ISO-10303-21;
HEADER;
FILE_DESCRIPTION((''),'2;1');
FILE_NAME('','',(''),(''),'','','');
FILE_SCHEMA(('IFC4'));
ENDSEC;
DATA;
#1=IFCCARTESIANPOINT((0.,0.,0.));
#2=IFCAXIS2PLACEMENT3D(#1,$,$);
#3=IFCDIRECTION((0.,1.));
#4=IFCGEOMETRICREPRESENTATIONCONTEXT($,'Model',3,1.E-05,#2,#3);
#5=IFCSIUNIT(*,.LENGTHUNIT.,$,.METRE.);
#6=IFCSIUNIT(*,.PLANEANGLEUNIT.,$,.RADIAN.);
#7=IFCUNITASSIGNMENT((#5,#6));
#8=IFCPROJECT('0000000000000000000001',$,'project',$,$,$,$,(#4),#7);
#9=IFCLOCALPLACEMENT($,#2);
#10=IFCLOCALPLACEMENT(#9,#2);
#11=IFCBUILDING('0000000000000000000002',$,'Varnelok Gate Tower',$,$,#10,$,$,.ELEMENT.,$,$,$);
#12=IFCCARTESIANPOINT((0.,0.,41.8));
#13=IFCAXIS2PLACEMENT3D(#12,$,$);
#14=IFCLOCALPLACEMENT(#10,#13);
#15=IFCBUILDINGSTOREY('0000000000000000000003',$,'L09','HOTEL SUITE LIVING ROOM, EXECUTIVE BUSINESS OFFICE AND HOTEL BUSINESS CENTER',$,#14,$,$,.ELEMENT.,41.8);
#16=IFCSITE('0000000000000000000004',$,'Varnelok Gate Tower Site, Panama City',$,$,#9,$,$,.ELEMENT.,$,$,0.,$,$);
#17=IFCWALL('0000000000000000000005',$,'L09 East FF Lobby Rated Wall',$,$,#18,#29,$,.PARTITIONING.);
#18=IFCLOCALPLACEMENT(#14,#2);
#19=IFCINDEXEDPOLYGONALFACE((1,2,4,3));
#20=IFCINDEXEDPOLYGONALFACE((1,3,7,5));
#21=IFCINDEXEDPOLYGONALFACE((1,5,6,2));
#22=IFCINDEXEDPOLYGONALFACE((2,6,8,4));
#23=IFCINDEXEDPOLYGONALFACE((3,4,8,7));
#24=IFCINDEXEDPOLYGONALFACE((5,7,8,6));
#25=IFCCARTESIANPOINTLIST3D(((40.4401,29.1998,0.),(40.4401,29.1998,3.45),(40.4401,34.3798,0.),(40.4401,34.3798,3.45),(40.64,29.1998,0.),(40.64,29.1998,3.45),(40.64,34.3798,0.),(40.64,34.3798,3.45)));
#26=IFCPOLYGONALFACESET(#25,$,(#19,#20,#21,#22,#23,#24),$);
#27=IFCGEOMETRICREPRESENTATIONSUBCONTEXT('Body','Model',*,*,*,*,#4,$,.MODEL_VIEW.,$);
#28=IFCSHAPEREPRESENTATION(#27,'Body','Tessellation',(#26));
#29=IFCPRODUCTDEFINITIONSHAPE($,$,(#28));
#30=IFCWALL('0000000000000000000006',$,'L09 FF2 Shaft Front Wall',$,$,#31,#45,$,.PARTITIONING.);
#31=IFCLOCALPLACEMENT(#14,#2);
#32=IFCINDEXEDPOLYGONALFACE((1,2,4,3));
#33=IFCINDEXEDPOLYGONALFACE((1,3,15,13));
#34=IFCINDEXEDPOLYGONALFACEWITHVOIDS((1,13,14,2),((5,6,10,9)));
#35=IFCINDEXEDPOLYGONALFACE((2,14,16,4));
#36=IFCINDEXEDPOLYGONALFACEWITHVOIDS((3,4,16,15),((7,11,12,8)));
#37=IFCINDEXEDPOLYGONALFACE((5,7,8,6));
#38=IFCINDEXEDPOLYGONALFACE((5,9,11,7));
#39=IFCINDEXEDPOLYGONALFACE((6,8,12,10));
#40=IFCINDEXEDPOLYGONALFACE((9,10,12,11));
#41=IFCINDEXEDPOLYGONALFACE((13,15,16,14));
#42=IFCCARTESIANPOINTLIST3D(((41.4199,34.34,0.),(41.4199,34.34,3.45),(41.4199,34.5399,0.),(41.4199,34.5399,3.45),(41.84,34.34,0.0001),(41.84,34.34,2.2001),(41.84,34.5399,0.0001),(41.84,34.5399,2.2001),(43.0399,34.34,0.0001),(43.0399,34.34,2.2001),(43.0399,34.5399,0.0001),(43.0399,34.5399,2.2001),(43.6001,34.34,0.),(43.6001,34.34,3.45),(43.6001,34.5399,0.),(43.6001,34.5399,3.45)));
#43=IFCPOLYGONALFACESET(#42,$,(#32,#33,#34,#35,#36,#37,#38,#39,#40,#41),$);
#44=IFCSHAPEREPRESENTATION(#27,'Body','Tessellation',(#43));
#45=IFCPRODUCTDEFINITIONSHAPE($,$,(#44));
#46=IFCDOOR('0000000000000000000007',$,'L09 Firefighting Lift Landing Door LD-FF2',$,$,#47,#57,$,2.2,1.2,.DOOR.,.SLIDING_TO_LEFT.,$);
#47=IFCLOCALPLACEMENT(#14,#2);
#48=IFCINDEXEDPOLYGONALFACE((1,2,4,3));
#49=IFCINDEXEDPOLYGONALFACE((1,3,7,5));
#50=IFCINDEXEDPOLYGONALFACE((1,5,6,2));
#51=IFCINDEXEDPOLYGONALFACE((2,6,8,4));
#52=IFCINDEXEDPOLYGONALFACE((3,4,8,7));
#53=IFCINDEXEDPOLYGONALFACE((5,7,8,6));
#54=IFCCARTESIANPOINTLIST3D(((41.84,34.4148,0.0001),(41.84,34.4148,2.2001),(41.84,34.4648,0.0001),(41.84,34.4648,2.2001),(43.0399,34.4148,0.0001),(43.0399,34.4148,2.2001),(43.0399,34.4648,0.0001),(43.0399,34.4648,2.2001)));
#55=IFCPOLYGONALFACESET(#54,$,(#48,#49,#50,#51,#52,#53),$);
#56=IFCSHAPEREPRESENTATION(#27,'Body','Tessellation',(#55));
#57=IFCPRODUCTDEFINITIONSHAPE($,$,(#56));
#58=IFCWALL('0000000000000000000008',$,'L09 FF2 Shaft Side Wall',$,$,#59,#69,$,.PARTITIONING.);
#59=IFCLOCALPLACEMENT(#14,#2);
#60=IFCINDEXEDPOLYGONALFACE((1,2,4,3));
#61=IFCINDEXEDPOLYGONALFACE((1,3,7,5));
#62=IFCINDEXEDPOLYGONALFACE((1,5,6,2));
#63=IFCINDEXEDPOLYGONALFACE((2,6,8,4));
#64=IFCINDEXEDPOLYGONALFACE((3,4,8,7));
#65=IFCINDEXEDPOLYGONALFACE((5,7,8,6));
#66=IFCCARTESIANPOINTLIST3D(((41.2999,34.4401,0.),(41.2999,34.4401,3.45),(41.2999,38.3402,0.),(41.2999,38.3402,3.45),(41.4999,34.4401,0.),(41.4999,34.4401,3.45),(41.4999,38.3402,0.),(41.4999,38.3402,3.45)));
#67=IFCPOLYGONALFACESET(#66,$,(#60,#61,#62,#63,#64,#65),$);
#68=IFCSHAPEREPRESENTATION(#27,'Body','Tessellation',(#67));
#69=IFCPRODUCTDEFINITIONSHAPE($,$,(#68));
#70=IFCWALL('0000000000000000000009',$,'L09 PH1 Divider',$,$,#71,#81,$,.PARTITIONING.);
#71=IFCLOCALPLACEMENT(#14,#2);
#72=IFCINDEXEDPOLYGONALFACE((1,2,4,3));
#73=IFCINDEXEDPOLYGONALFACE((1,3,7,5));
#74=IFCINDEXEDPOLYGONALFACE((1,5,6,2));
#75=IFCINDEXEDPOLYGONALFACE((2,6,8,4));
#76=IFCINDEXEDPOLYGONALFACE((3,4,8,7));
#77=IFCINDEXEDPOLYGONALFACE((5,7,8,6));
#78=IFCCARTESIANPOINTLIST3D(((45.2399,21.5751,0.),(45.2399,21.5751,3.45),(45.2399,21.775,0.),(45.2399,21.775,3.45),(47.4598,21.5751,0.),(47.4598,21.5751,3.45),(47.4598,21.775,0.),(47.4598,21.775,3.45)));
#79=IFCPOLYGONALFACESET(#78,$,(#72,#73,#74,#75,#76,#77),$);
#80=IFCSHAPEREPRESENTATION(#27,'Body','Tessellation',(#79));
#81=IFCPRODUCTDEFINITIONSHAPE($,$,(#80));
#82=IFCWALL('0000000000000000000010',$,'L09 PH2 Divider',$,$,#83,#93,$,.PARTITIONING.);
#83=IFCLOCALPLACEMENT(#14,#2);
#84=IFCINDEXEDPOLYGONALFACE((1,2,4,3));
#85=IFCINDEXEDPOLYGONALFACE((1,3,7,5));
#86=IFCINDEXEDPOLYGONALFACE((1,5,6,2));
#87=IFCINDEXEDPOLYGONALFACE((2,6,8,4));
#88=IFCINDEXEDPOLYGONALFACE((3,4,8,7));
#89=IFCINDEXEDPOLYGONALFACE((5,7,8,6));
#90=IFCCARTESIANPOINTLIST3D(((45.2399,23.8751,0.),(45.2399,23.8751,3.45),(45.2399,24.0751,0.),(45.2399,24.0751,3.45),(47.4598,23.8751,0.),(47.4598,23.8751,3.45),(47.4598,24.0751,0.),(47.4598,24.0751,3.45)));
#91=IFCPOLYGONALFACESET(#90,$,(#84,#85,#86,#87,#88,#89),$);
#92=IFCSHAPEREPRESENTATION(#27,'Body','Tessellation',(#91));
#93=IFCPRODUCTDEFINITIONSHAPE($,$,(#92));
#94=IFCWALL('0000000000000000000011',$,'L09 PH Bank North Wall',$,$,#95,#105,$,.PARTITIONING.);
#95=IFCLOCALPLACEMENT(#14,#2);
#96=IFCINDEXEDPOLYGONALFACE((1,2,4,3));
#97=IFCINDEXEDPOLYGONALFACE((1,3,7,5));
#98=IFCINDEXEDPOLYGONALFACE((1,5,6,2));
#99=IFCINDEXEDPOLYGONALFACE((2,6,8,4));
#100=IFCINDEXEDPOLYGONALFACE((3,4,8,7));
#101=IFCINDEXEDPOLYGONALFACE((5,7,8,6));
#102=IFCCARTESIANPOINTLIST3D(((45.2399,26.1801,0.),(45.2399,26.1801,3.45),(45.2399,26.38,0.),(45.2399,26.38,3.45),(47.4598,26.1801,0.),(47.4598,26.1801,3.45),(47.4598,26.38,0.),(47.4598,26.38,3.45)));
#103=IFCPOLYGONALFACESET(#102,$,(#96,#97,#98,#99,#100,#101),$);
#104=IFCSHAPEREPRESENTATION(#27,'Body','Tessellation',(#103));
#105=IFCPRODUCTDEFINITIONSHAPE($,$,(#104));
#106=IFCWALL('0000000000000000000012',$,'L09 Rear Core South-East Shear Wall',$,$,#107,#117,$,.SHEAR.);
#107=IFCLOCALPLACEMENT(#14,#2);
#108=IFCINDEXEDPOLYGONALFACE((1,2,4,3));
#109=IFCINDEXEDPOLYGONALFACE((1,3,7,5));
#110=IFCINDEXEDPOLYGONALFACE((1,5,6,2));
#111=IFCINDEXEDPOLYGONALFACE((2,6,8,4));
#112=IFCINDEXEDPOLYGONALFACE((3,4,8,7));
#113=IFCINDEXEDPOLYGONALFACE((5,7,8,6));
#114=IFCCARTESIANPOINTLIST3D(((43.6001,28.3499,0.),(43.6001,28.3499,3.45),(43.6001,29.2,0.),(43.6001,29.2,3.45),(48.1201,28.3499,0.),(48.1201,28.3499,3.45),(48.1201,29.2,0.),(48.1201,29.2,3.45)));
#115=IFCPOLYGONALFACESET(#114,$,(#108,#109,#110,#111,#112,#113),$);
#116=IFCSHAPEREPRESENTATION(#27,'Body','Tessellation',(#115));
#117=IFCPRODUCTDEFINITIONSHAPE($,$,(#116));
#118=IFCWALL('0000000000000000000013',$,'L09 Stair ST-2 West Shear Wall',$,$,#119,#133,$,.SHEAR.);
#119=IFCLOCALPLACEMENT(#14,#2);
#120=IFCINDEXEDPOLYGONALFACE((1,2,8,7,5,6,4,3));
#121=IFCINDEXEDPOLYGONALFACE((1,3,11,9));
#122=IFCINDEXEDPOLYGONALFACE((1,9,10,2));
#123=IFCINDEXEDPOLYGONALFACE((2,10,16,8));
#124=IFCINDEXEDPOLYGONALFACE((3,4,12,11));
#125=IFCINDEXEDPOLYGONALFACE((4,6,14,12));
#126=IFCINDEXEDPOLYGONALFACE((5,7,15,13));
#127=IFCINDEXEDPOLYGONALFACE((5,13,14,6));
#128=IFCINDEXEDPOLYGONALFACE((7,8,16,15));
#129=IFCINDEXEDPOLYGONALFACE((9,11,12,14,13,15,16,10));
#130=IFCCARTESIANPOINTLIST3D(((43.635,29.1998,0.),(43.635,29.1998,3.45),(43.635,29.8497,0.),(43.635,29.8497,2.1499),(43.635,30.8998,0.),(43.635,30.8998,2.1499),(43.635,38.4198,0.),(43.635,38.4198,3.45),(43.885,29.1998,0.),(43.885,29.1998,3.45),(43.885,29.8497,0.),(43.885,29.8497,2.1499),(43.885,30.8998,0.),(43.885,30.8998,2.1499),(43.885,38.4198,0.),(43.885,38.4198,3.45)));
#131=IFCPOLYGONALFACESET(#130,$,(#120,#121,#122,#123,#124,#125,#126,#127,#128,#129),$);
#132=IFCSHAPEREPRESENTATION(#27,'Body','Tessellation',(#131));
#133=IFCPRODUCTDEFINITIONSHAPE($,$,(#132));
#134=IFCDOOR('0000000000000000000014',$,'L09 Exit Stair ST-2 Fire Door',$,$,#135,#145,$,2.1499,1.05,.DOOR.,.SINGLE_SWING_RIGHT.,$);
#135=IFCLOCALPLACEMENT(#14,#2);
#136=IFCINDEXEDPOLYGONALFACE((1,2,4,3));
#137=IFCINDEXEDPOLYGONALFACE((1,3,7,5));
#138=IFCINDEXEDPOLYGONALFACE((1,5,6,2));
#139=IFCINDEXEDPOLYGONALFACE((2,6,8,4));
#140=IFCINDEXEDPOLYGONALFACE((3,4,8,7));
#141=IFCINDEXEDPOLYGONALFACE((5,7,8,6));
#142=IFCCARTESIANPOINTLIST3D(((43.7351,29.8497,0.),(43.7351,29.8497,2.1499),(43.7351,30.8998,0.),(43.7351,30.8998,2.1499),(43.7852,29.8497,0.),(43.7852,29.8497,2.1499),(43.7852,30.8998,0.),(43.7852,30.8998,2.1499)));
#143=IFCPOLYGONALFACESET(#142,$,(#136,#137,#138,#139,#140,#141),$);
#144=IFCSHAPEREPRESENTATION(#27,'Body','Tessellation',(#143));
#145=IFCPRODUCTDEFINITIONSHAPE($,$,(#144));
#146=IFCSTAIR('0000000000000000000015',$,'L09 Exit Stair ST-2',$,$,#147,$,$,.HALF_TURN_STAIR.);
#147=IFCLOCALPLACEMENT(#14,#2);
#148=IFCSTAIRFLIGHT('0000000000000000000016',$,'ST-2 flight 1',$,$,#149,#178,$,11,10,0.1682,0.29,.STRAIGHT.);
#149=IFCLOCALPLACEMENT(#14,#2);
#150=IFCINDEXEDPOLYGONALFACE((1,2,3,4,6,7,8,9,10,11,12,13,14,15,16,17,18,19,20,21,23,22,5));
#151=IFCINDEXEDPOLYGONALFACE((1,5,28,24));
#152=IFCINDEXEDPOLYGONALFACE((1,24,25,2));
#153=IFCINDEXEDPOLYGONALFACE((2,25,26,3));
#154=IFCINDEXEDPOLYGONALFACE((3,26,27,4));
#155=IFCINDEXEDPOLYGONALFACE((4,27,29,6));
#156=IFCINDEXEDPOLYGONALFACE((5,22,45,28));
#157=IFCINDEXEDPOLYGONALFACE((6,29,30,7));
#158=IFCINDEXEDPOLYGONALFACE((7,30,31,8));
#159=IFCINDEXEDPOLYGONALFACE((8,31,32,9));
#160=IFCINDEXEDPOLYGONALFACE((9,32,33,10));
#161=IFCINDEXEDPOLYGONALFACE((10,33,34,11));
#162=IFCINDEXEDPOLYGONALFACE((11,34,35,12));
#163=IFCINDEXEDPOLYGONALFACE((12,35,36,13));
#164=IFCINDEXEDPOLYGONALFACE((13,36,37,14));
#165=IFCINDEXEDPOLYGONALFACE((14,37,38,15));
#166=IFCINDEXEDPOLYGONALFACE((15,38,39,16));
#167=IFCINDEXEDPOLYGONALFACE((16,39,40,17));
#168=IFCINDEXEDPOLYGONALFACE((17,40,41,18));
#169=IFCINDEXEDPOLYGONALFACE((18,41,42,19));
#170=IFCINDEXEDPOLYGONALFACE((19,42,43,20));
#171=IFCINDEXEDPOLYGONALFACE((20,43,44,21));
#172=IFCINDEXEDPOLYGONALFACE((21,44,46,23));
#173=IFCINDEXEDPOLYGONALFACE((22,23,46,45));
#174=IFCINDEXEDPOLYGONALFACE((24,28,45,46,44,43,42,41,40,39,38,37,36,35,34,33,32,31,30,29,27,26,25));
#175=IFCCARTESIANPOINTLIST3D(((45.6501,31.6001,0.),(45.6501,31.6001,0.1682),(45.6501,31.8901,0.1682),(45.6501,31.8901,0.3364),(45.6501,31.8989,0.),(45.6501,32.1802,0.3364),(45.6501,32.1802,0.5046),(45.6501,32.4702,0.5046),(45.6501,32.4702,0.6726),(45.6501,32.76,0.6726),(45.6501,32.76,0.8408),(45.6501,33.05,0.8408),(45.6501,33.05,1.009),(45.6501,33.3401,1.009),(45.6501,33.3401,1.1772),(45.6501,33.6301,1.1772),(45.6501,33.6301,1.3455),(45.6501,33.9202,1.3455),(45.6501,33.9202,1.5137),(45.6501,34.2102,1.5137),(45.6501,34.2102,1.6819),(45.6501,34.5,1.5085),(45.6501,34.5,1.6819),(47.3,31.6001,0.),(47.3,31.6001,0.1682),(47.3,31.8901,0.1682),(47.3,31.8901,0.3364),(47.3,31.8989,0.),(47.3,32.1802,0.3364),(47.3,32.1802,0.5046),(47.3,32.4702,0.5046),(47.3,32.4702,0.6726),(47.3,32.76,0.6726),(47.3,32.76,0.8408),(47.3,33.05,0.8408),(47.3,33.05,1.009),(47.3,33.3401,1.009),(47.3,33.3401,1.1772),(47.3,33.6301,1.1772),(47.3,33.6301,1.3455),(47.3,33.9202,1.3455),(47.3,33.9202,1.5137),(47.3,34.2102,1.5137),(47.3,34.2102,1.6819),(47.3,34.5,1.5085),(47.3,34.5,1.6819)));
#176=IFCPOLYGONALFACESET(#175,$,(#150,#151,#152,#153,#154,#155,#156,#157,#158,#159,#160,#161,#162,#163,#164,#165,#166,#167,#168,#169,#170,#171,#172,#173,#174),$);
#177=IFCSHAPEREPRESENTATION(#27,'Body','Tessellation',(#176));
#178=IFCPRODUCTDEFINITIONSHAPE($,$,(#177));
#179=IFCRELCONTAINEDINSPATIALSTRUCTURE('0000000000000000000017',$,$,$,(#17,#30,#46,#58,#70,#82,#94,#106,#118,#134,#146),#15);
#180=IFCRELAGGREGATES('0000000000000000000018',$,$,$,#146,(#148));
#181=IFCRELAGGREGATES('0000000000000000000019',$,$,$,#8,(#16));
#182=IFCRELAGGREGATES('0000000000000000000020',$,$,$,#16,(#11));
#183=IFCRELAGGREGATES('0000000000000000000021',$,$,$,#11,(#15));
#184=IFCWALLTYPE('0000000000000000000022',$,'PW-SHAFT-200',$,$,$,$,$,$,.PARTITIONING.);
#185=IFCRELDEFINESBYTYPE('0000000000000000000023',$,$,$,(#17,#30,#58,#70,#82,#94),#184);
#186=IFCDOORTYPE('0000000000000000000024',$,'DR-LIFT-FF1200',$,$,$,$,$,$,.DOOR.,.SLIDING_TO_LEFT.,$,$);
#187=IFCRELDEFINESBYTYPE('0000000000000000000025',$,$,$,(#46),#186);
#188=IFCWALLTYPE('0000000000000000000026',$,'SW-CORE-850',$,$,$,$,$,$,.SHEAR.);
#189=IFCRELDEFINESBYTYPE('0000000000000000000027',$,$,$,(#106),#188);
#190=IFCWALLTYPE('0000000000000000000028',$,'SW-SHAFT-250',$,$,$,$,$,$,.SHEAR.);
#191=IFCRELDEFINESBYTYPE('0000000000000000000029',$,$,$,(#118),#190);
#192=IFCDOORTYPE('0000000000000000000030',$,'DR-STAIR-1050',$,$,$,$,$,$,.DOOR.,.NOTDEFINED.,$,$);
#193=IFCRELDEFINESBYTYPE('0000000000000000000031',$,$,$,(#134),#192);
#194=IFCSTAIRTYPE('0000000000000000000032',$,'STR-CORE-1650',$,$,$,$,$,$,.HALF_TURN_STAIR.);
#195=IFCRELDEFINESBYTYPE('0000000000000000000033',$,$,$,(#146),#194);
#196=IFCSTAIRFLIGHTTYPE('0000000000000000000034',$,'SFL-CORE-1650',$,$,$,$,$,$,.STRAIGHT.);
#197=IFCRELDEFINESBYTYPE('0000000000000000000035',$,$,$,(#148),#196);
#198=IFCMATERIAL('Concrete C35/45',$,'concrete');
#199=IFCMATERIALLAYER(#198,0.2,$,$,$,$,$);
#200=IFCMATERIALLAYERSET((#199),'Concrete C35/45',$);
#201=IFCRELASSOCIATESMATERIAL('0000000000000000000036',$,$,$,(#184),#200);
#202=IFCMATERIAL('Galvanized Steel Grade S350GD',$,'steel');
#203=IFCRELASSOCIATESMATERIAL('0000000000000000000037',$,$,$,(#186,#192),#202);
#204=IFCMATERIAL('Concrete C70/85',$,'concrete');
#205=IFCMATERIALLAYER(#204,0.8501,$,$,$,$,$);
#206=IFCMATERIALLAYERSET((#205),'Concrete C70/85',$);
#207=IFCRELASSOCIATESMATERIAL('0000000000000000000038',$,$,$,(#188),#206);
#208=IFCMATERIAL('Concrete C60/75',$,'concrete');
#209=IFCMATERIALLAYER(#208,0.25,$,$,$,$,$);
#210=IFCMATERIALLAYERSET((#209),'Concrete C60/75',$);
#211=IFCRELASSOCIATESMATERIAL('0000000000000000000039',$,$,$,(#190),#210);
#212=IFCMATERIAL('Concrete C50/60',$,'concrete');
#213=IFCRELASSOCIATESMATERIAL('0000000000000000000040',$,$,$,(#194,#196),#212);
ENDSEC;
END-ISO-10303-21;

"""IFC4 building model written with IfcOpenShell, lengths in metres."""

from ifc_helpers import new_model, si_unit, direction, frame, frame_2d, origin, place, context, subcontext, project, spatial, polyline, rectangle, outline, extrude, material, layer, layer_set, type_object, element, fill, aggregate, save


model = new_model("IFC4")

# Units and contexts
model_context = context("Model", 3, precision=1e-05, world=origin(), true_north=direction((0.0, 1.0)))
body_context = subcontext(model_context, "Body", "Model", "MODEL_VIEW")
ifc_project = project(units=[si_unit("LENGTHUNIT", "METRE"), si_unit("PLANEANGLEUNIT", "RADIAN")], contexts=[model_context])

# Site, building, storey
site_placement = place(None, origin())
site = spatial("IfcSite", under=ifc_project, at=site_placement, Name="Varnelok Gate Tower Site, Panama City", CompositionType="ELEMENT", RefElevation=0.0)
building_placement = place(site_placement, origin())
building = spatial("IfcBuilding", under=site, at=building_placement, Name="Varnelok Gate Tower", CompositionType="ELEMENT")
storey_placement = place(building_placement, frame((0.0, 0.0, 41.8)))
storey = spatial("IfcBuildingStorey", under=building, at=storey_placement, Name="L09", Description="HOTEL SUITE LIVING ROOM, EXECUTIVE BUSINESS OFFICE AND HOTEL BUSINESS CENTER", CompositionType="ELEMENT", Elevation=41.8)

# Shared definitions
ifc_material_1 = material(Name="Concrete C70/85", Category="concrete")

# Shared definitions
ifc_material_2 = material(Name="Galvanized Steel Grade S350GD", Category="steel")

# Wall
ifc_material_3 = material(Name="Concrete C35/45", Category="concrete")
ifc_layer_1 = layer(ifc_material_3, 0.2)
ifc_layer_set_1 = layer_set([ifc_layer_1], Name="Concrete C35/45")
wall_type_1 = type_object("IfcWallType", Name="PW-SHAFT-200", PredefinedType="PARTITIONING", material=ifc_layer_set_1)
wall_1_placement = place(storey_placement, frame((40.54, 29.2, 0.0), z_axis=(0.0, 0.0, 1.0), x_axis=(0.0, 1.0, 0.0)))
element("IfcWall", 1, at=wall_1_placement, inside=storey, type_object=wall_type_1, Name="L09 East FF Lobby Rated Wall", PredefinedType="PARTITIONING", context=body_context, shape_type="SweptSolid", body=[
    extrude(rectangle(XDim=5.1799, YDim=0.2, at=frame_2d((2.5898, 0.0))), origin(), (0.0, 0.0, 1.0), 3.45),
])

# Wall, opening, door
wall_2_placement = place(storey_placement, frame((41.4199, 34.4399, 0.0), z_axis=(0.0, 0.0, 1.0), x_axis=(1.0, 0.0, 0.0)))
wall_2 = element("IfcWall", 2, at=wall_2_placement, inside=storey, type_object=wall_type_1, Name="L09 FF2 Shaft Front Wall", PredefinedType="PARTITIONING", context=body_context, shape_type="SweptSolid", body=[
    extrude(rectangle(XDim=2.1802, YDim=0.2, at=frame_2d((1.0901, 0.0))), origin(), (0.0, 0.0, 1.0), 3.45),
])
opening_1_placement = place(wall_2_placement, frame((0.4199, 0.0, 0.0)))
opening_1 = element("IfcOpeningElement", 3, at=opening_1_placement, cuts=wall_2, PredefinedType="OPENING", context=body_context, shape_type="SweptSolid", body=[
    extrude(rectangle(XDim=1.2, YDim=2.2, at=frame_2d((0.6001, 1.1001))), frame((0.0, 0.1099, 0.0), z_axis=(0.0, -1.0, 0.0), x_axis=(1.0, 0.0, 0.0)), (0.0, 0.0, 1.0), 0.22),
])
door_type_1 = type_object("IfcDoorType", Name="DR-LIFT-FF1200", OperationType="SLIDING_TO_LEFT", PredefinedType="DOOR", material=ifc_material_2)
door_1_placement = place(opening_1_placement, origin())
door_1 = element("IfcDoor", 4, at=door_1_placement, inside=storey, type_object=door_type_1, Name="L09 Firefighting Lift Landing Door LD-FF2", OperationType="SLIDING_TO_LEFT", OverallHeight=2.2, OverallWidth=1.2, PredefinedType="DOOR", context=body_context, shape_type="SweptSolid", body=[
    extrude(rectangle(XDim=1.2, YDim=2.2, at=frame_2d((0.6001, 1.1001))), frame((0.0, 0.0249, 0.0), z_axis=(0.0, -1.0, 0.0), x_axis=(1.0, 0.0, 0.0)), (0.0, 0.0, 1.0), 0.05),
])
fill(opening_1, door_1)

# Walls
wall_3_placement = place(storey_placement, frame((41.3999, 34.4399, 0.0), z_axis=(0.0, 0.0, 1.0), x_axis=(0.0, 1.0, 0.0)))
element("IfcWall", 5, at=wall_3_placement, inside=storey, type_object=wall_type_1, Name="L09 FF2 Shaft Side Wall", PredefinedType="PARTITIONING", context=body_context, shape_type="SweptSolid", body=[
    extrude(rectangle(XDim=3.9001, YDim=0.2, at=frame_2d((1.9502, 0.0))), origin(), (0.0, 0.0, 1.0), 3.45),
])
for number, where, z_axis, x_axis, name in (
    (6, (45.24, 21.675, 0.0), (0.0, 0.0, 1.0), (1.0, 0.0, 0.0), "L09 PH1 Divider"),
    (7, (45.24, 23.9751, 0.0), (0.0, 0.0, 1.0), (1.0, 0.0, 0.0), "L09 PH2 Divider"),
    (8, (45.24, 26.28, 0.0), (0.0, 0.0, 1.0), (1.0, 0.0, 0.0), "L09 PH Bank North Wall"),
):
    element("IfcWall", number, at=place(storey_placement, frame(where, z_axis=z_axis, x_axis=x_axis)), inside=storey, type_object=wall_type_1, Name=name, PredefinedType="PARTITIONING", context=body_context, shape_type="SweptSolid", body=[
        extrude(rectangle(XDim=2.22, YDim=0.2, at=frame_2d((1.1099, 0.0))), origin(), (0.0, 0.0, 1.0), 3.45),
    ])
ifc_layer_2 = layer(ifc_material_1, 0.8501)
ifc_layer_set_2 = layer_set([ifc_layer_2], Name="Concrete C70/85")
wall_type_2 = type_object("IfcWallType", Name="SW-CORE-850", PredefinedType="SHEAR", material=ifc_layer_set_2)
wall_4_placement = place(storey_placement, frame((43.6001, 28.7749, 0.0), z_axis=(0.0, 0.0, 1.0), x_axis=(1.0, 0.0, 0.0)))
element("IfcWall", 9, at=wall_4_placement, inside=storey, type_object=wall_type_2, Name="L09 Rear Core South-East Shear Wall", PredefinedType="SHEAR", context=body_context, shape_type="SweptSolid", body=[
    extrude(rectangle(XDim=4.52, YDim=0.8501, at=frame_2d((2.26, 0.0))), origin(), (0.0, 0.0, 1.0), 3.45),
])

# Wall, opening, door
ifc_material_4 = material(Name="Concrete C60/75", Category="concrete")
ifc_layer_3 = layer(ifc_material_4, 0.25)
ifc_layer_set_3 = layer_set([ifc_layer_3], Name="Concrete C60/75")
wall_type_3 = type_object("IfcWallType", Name="SW-SHAFT-250", PredefinedType="SHEAR", material=ifc_layer_set_3)
wall_5_placement = place(storey_placement, frame((43.76, 29.2, 0.0), z_axis=(0.0, 0.0, 1.0), x_axis=(0.0, 1.0, 0.0)))
wall_5 = element("IfcWall", 10, at=wall_5_placement, inside=storey, type_object=wall_type_3, Name="L09 Stair ST-2 West Shear Wall", PredefinedType="SHEAR", context=body_context, shape_type="SweptSolid", body=[
    extrude(rectangle(XDim=9.22, YDim=0.25, at=frame_2d((4.6099, 0.0))), origin(), (0.0, 0.0, 1.0), 3.45),
])
opening_2_placement = place(wall_5_placement, frame((0.6499, 0.0, 0.0)))
opening_2 = element("IfcOpeningElement", 11, at=opening_2_placement, cuts=wall_5, PredefinedType="OPENING", context=body_context, shape_type="SweptSolid", body=[
    extrude(rectangle(XDim=1.05, YDim=2.1499, at=frame_2d((0.5249, 1.075))), frame((0.0, 0.135, 0.0), z_axis=(0.0, -1.0, 0.0), x_axis=(1.0, 0.0, 0.0)), (0.0, 0.0, 1.0), 0.27),
])
door_type_2 = type_object("IfcDoorType", Name="DR-STAIR-1050", OperationType="NOTDEFINED", PredefinedType="DOOR", material=ifc_material_2)
door_2_placement = place(opening_2_placement, origin())
door_2 = element("IfcDoor", 12, at=door_2_placement, inside=storey, type_object=door_type_2, Name="L09 Exit Stair ST-2 Fire Door", OperationType="SINGLE_SWING_RIGHT", OverallHeight=2.1499, OverallWidth=1.05, PredefinedType="DOOR", context=body_context, shape_type="SweptSolid", body=[
    extrude(rectangle(XDim=1.05, YDim=2.1499, at=frame_2d((0.5249, 1.075))), frame((0.0, 0.0249, 0.0), z_axis=(0.0, -1.0, 0.0), x_axis=(1.0, 0.0, 0.0)), (0.0, 0.0, 1.0), 0.05),
])
fill(opening_2, door_2)

# Stair, stair flight
ifc_material_5 = material(Name="Concrete C50/60", Category="concrete")
stair_type = type_object("IfcStairType", Name="STR-CORE-1650", PredefinedType="HALF_TURN_STAIR", material=ifc_material_5)
stair_placement = place(storey_placement, origin())
stair = element("IfcStair", 13, at=stair_placement, inside=storey, type_object=stair_type, Name="L09 Exit Stair ST-2", PredefinedType="HALF_TURN_STAIR")
stair_flight_type = type_object("IfcStairFlightType", Name="SFL-CORE-1650", PredefinedType="STRAIGHT", material=ifc_material_5)
stair_flight_placement = place(storey_placement, frame((46.4751, 31.6001, 0.0), z_axis=(0.0, 0.0, 1.0), x_axis=(0.0, 1.0, 0.0)))
stair_flight = element("IfcStairFlight", 14, at=stair_flight_placement, type_object=stair_flight_type, Name="ST-2 flight 1", NumberOfRisers=11, NumberOfTreads=10, PredefinedType="STRAIGHT", RiserHeight=0.1682, TreadLength=0.29, context=body_context, shape_type="SweptSolid", body=[
    extrude(outline(polyline([(0.0, 0.0), (0.0, 0.1682), (0.29, 0.1682), (0.29, 0.3364), (0.5801, 0.3364), (0.5801, 0.5046), (0.8701, 0.5046), (0.8701, 0.6726), (1.1599, 0.6726), (1.1599, 0.8408), (1.45, 0.8408), (1.45, 1.009), (1.74, 1.009), (1.74, 1.1772), (2.03, 1.1772), (2.03, 1.3455), (2.3201, 1.3455), (2.3201, 1.5137), (2.6101, 1.5137), (2.6101, 1.6819), (2.8999, 1.6819), (2.8999, 1.8501), (2.8999, 1.5085), (0.2988, 0.0), (0.0, 0.0)])), frame((0.0, 0.825, 0.0), z_axis=(0.0, -1.0, 0.0), x_axis=(1.0, 0.0, 0.0)), (0.0, 0.0, 1.0), 1.6499),
])
aggregate(stair, [stair_flight])

save(model, "model.ifc")
